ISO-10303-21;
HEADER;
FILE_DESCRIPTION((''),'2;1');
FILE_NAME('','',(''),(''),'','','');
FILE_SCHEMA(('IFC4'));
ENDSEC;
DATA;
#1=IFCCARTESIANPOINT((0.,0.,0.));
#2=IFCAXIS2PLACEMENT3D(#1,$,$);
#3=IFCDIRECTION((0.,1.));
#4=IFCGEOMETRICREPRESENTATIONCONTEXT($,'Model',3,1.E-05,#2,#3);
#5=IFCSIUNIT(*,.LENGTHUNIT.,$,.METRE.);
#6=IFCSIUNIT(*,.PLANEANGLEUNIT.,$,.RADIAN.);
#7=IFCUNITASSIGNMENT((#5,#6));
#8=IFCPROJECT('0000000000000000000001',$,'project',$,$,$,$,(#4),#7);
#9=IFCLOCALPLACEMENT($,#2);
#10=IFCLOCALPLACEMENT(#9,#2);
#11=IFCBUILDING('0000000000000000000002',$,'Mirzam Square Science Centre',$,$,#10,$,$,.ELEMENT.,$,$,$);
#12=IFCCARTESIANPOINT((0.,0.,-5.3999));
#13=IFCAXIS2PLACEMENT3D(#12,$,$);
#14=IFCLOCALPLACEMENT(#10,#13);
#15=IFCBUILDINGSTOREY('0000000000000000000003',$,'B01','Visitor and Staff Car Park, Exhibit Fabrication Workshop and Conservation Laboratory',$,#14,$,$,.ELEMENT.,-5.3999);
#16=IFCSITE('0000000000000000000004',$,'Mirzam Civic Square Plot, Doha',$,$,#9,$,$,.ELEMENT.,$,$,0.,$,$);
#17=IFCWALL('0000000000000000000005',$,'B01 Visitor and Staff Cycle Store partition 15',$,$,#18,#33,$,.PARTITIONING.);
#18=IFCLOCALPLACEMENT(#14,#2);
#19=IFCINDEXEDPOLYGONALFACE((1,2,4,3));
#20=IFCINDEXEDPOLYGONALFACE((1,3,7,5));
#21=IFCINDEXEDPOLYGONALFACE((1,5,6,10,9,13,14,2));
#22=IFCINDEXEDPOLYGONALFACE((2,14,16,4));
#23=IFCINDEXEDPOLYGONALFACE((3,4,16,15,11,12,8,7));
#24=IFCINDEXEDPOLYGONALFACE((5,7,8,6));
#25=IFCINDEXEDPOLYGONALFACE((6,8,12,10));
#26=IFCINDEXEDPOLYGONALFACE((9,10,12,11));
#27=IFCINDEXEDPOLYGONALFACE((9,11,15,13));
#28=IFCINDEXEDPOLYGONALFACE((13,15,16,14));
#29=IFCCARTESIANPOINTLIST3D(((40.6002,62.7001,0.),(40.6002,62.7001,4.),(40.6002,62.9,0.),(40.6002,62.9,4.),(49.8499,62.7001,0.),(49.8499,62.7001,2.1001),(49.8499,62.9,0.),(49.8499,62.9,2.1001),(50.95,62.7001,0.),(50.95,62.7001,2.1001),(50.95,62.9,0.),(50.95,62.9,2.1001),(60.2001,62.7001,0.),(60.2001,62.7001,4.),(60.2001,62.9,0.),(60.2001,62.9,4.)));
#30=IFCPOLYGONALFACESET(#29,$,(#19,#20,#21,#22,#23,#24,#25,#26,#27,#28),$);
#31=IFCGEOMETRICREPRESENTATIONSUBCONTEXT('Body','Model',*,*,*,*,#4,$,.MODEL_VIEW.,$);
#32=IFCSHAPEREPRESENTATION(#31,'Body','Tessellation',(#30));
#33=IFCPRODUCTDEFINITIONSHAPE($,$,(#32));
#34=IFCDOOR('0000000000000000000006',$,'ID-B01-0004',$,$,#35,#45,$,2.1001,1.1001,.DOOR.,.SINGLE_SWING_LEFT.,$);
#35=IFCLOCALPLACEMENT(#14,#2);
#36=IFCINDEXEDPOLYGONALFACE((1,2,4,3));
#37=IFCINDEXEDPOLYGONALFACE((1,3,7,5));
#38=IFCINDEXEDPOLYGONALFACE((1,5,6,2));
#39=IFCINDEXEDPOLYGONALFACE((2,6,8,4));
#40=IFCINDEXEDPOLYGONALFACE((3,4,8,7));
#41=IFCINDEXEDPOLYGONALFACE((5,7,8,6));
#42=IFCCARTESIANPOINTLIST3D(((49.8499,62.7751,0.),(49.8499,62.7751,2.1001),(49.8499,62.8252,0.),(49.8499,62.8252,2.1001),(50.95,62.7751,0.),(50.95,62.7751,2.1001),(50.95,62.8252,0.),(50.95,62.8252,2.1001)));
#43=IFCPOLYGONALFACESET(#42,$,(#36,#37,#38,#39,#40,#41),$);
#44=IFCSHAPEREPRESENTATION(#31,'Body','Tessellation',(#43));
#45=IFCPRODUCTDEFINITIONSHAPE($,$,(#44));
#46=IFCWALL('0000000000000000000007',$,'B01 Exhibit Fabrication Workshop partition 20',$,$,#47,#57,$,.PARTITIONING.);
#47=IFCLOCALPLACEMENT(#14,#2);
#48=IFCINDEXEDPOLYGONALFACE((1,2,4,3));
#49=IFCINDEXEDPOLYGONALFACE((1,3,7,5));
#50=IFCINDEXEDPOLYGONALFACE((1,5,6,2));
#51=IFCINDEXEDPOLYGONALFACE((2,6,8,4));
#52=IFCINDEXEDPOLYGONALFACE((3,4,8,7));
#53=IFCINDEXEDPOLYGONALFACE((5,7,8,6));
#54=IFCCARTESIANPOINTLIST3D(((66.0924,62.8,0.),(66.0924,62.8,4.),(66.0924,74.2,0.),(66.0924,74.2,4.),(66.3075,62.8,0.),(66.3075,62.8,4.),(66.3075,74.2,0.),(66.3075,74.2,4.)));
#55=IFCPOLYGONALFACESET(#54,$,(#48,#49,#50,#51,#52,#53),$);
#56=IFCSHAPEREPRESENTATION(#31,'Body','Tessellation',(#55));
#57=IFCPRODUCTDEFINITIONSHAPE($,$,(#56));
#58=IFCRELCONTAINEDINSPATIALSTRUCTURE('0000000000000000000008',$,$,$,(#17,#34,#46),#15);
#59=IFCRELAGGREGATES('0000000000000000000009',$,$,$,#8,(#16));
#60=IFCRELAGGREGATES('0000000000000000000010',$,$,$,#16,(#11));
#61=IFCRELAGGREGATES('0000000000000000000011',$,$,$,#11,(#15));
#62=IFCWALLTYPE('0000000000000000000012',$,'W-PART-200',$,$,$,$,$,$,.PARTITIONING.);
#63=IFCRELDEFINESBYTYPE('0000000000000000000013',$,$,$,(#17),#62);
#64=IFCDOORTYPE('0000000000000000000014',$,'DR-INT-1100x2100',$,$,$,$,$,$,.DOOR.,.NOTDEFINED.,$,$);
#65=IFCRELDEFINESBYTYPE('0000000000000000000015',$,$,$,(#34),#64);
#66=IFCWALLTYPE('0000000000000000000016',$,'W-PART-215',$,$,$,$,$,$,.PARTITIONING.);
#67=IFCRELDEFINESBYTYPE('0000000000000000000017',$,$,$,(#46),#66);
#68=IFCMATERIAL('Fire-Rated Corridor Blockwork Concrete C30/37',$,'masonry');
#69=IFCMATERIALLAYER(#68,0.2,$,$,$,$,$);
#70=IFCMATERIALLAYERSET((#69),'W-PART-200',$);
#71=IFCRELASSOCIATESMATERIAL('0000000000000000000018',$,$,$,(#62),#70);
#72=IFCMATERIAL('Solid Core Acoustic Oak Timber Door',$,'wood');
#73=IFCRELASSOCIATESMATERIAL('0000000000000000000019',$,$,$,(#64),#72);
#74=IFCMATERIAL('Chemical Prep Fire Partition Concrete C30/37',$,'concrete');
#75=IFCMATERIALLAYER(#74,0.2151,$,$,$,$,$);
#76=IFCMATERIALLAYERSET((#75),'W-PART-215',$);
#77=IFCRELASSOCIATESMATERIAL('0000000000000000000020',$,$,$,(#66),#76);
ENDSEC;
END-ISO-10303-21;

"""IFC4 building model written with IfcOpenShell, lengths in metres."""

from ifc_helpers import new_model, si_unit, direction, frame, frame_2d, origin, place, context, subcontext, project, spatial, rectangle, extrude, material, layer, layer_set, type_object, element, fill, save


model = new_model("IFC4")

# Units and contexts
model_context = context("Model", 3, precision=1e-05, world=origin(), true_north=direction((0.0, 1.0)))
body_context = subcontext(model_context, "Body", "Model", "MODEL_VIEW")
ifc_project = project(units=[si_unit("LENGTHUNIT", "METRE"), si_unit("PLANEANGLEUNIT", "RADIAN")], contexts=[model_context])

# Site, building, storey
site_placement = place(None, origin())
site = spatial("IfcSite", under=ifc_project, at=site_placement, Name="Mirzam Civic Square Plot, Doha", CompositionType="ELEMENT", RefElevation=0.0)
building_placement = place(site_placement, origin())
building = spatial("IfcBuilding", under=site, at=building_placement, Name="Mirzam Square Science Centre", CompositionType="ELEMENT")
storey_placement = place(building_placement, frame((0.0, 0.0, -5.3999)))
storey = spatial("IfcBuildingStorey", under=building, at=storey_placement, Name="B01", Description="Visitor and Staff Car Park, Exhibit Fabrication Workshop and Conservation Laboratory", CompositionType="ELEMENT", Elevation=-5.3999)

# Wall, opening, door
ifc_material_1 = material(Name="Fire-Rated Corridor Blockwork Concrete C30/37", Category="masonry")
ifc_layer_1 = layer(ifc_material_1, 0.2)
ifc_layer_set_1 = layer_set([ifc_layer_1], Name="W-PART-200")
wall_type_1 = type_object("IfcWallType", Name="W-PART-200", PredefinedType="PARTITIONING", material=ifc_layer_set_1)
wall_1_placement = place(storey_placement, frame((60.2, 62.8, 0.0), z_axis=(0.0, 0.0, 1.0), x_axis=(-1.0, 0.0, 0.0)))
wall_1 = element("IfcWall", 1, at=wall_1_placement, inside=storey, type_object=wall_type_1, Name="B01 Visitor and Staff Cycle Store partition 15", PredefinedType="PARTITIONING", context=body_context, shape_type="SweptSolid", body=[
    extrude(rectangle(XDim=19.5999, YDim=0.2, at=frame_2d((9.7998, 0.0))), origin(), (0.0, 0.0, 1.0), 4.0),
])
opening_placement = place(wall_1_placement, frame((9.25, 0.0, 0.0)))
opening = element("IfcOpeningElement", 2, at=opening_placement, cuts=wall_1, PredefinedType="OPENING", context=body_context, shape_type="SweptSolid", body=[
    extrude(rectangle(XDim=1.1001, YDim=2.1001, at=frame_2d((0.55, 1.05))), frame((0.0, 0.1099, 0.0), z_axis=(0.0, -1.0, 0.0), x_axis=(1.0, 0.0, 0.0)), (0.0, 0.0, 1.0), 0.22),
])
ifc_material_2 = material(Name="Solid Core Acoustic Oak Timber Door", Category="wood")
door_type = type_object("IfcDoorType", Name="DR-INT-1100x2100", OperationType="NOTDEFINED", PredefinedType="DOOR", material=ifc_material_2)
door_placement = place(opening_placement, origin())
door = element("IfcDoor", 3, at=door_placement, inside=storey, type_object=door_type, Name="ID-B01-0004", OperationType="SINGLE_SWING_LEFT", OverallHeight=2.1001, OverallWidth=1.1001, PredefinedType="DOOR", context=body_context, shape_type="SweptSolid", body=[
    extrude(rectangle(XDim=1.1001, YDim=2.1001, at=frame_2d((0.55, 1.05))), frame((0.0, 0.0249, 0.0), z_axis=(0.0, -1.0, 0.0), x_axis=(1.0, 0.0, 0.0)), (0.0, 0.0, 1.0), 0.05),
])
fill(opening, door)

# Wall
ifc_material_3 = material(Name="Chemical Prep Fire Partition Concrete C30/37", Category="concrete")
ifc_layer_2 = layer(ifc_material_3, 0.2151)
ifc_layer_set_2 = layer_set([ifc_layer_2], Name="W-PART-215")
wall_type_2 = type_object("IfcWallType", Name="W-PART-215", PredefinedType="PARTITIONING", material=ifc_layer_set_2)
wall_2_placement = place(storey_placement, frame((66.2, 62.8, 0.0), z_axis=(0.0, 0.0, 1.0), x_axis=(0.0, 1.0, 0.0)))
element("IfcWall", 4, at=wall_2_placement, inside=storey, type_object=wall_type_2, Name="B01 Exhibit Fabrication Workshop partition 20", PredefinedType="PARTITIONING", context=body_context, shape_type="SweptSolid", body=[
    extrude(rectangle(XDim=11.3999, YDim=0.2151, at=frame_2d((5.7, 0.0))), origin(), (0.0, 0.0, 1.0), 4.0),
])

save(model, "model.ifc")
